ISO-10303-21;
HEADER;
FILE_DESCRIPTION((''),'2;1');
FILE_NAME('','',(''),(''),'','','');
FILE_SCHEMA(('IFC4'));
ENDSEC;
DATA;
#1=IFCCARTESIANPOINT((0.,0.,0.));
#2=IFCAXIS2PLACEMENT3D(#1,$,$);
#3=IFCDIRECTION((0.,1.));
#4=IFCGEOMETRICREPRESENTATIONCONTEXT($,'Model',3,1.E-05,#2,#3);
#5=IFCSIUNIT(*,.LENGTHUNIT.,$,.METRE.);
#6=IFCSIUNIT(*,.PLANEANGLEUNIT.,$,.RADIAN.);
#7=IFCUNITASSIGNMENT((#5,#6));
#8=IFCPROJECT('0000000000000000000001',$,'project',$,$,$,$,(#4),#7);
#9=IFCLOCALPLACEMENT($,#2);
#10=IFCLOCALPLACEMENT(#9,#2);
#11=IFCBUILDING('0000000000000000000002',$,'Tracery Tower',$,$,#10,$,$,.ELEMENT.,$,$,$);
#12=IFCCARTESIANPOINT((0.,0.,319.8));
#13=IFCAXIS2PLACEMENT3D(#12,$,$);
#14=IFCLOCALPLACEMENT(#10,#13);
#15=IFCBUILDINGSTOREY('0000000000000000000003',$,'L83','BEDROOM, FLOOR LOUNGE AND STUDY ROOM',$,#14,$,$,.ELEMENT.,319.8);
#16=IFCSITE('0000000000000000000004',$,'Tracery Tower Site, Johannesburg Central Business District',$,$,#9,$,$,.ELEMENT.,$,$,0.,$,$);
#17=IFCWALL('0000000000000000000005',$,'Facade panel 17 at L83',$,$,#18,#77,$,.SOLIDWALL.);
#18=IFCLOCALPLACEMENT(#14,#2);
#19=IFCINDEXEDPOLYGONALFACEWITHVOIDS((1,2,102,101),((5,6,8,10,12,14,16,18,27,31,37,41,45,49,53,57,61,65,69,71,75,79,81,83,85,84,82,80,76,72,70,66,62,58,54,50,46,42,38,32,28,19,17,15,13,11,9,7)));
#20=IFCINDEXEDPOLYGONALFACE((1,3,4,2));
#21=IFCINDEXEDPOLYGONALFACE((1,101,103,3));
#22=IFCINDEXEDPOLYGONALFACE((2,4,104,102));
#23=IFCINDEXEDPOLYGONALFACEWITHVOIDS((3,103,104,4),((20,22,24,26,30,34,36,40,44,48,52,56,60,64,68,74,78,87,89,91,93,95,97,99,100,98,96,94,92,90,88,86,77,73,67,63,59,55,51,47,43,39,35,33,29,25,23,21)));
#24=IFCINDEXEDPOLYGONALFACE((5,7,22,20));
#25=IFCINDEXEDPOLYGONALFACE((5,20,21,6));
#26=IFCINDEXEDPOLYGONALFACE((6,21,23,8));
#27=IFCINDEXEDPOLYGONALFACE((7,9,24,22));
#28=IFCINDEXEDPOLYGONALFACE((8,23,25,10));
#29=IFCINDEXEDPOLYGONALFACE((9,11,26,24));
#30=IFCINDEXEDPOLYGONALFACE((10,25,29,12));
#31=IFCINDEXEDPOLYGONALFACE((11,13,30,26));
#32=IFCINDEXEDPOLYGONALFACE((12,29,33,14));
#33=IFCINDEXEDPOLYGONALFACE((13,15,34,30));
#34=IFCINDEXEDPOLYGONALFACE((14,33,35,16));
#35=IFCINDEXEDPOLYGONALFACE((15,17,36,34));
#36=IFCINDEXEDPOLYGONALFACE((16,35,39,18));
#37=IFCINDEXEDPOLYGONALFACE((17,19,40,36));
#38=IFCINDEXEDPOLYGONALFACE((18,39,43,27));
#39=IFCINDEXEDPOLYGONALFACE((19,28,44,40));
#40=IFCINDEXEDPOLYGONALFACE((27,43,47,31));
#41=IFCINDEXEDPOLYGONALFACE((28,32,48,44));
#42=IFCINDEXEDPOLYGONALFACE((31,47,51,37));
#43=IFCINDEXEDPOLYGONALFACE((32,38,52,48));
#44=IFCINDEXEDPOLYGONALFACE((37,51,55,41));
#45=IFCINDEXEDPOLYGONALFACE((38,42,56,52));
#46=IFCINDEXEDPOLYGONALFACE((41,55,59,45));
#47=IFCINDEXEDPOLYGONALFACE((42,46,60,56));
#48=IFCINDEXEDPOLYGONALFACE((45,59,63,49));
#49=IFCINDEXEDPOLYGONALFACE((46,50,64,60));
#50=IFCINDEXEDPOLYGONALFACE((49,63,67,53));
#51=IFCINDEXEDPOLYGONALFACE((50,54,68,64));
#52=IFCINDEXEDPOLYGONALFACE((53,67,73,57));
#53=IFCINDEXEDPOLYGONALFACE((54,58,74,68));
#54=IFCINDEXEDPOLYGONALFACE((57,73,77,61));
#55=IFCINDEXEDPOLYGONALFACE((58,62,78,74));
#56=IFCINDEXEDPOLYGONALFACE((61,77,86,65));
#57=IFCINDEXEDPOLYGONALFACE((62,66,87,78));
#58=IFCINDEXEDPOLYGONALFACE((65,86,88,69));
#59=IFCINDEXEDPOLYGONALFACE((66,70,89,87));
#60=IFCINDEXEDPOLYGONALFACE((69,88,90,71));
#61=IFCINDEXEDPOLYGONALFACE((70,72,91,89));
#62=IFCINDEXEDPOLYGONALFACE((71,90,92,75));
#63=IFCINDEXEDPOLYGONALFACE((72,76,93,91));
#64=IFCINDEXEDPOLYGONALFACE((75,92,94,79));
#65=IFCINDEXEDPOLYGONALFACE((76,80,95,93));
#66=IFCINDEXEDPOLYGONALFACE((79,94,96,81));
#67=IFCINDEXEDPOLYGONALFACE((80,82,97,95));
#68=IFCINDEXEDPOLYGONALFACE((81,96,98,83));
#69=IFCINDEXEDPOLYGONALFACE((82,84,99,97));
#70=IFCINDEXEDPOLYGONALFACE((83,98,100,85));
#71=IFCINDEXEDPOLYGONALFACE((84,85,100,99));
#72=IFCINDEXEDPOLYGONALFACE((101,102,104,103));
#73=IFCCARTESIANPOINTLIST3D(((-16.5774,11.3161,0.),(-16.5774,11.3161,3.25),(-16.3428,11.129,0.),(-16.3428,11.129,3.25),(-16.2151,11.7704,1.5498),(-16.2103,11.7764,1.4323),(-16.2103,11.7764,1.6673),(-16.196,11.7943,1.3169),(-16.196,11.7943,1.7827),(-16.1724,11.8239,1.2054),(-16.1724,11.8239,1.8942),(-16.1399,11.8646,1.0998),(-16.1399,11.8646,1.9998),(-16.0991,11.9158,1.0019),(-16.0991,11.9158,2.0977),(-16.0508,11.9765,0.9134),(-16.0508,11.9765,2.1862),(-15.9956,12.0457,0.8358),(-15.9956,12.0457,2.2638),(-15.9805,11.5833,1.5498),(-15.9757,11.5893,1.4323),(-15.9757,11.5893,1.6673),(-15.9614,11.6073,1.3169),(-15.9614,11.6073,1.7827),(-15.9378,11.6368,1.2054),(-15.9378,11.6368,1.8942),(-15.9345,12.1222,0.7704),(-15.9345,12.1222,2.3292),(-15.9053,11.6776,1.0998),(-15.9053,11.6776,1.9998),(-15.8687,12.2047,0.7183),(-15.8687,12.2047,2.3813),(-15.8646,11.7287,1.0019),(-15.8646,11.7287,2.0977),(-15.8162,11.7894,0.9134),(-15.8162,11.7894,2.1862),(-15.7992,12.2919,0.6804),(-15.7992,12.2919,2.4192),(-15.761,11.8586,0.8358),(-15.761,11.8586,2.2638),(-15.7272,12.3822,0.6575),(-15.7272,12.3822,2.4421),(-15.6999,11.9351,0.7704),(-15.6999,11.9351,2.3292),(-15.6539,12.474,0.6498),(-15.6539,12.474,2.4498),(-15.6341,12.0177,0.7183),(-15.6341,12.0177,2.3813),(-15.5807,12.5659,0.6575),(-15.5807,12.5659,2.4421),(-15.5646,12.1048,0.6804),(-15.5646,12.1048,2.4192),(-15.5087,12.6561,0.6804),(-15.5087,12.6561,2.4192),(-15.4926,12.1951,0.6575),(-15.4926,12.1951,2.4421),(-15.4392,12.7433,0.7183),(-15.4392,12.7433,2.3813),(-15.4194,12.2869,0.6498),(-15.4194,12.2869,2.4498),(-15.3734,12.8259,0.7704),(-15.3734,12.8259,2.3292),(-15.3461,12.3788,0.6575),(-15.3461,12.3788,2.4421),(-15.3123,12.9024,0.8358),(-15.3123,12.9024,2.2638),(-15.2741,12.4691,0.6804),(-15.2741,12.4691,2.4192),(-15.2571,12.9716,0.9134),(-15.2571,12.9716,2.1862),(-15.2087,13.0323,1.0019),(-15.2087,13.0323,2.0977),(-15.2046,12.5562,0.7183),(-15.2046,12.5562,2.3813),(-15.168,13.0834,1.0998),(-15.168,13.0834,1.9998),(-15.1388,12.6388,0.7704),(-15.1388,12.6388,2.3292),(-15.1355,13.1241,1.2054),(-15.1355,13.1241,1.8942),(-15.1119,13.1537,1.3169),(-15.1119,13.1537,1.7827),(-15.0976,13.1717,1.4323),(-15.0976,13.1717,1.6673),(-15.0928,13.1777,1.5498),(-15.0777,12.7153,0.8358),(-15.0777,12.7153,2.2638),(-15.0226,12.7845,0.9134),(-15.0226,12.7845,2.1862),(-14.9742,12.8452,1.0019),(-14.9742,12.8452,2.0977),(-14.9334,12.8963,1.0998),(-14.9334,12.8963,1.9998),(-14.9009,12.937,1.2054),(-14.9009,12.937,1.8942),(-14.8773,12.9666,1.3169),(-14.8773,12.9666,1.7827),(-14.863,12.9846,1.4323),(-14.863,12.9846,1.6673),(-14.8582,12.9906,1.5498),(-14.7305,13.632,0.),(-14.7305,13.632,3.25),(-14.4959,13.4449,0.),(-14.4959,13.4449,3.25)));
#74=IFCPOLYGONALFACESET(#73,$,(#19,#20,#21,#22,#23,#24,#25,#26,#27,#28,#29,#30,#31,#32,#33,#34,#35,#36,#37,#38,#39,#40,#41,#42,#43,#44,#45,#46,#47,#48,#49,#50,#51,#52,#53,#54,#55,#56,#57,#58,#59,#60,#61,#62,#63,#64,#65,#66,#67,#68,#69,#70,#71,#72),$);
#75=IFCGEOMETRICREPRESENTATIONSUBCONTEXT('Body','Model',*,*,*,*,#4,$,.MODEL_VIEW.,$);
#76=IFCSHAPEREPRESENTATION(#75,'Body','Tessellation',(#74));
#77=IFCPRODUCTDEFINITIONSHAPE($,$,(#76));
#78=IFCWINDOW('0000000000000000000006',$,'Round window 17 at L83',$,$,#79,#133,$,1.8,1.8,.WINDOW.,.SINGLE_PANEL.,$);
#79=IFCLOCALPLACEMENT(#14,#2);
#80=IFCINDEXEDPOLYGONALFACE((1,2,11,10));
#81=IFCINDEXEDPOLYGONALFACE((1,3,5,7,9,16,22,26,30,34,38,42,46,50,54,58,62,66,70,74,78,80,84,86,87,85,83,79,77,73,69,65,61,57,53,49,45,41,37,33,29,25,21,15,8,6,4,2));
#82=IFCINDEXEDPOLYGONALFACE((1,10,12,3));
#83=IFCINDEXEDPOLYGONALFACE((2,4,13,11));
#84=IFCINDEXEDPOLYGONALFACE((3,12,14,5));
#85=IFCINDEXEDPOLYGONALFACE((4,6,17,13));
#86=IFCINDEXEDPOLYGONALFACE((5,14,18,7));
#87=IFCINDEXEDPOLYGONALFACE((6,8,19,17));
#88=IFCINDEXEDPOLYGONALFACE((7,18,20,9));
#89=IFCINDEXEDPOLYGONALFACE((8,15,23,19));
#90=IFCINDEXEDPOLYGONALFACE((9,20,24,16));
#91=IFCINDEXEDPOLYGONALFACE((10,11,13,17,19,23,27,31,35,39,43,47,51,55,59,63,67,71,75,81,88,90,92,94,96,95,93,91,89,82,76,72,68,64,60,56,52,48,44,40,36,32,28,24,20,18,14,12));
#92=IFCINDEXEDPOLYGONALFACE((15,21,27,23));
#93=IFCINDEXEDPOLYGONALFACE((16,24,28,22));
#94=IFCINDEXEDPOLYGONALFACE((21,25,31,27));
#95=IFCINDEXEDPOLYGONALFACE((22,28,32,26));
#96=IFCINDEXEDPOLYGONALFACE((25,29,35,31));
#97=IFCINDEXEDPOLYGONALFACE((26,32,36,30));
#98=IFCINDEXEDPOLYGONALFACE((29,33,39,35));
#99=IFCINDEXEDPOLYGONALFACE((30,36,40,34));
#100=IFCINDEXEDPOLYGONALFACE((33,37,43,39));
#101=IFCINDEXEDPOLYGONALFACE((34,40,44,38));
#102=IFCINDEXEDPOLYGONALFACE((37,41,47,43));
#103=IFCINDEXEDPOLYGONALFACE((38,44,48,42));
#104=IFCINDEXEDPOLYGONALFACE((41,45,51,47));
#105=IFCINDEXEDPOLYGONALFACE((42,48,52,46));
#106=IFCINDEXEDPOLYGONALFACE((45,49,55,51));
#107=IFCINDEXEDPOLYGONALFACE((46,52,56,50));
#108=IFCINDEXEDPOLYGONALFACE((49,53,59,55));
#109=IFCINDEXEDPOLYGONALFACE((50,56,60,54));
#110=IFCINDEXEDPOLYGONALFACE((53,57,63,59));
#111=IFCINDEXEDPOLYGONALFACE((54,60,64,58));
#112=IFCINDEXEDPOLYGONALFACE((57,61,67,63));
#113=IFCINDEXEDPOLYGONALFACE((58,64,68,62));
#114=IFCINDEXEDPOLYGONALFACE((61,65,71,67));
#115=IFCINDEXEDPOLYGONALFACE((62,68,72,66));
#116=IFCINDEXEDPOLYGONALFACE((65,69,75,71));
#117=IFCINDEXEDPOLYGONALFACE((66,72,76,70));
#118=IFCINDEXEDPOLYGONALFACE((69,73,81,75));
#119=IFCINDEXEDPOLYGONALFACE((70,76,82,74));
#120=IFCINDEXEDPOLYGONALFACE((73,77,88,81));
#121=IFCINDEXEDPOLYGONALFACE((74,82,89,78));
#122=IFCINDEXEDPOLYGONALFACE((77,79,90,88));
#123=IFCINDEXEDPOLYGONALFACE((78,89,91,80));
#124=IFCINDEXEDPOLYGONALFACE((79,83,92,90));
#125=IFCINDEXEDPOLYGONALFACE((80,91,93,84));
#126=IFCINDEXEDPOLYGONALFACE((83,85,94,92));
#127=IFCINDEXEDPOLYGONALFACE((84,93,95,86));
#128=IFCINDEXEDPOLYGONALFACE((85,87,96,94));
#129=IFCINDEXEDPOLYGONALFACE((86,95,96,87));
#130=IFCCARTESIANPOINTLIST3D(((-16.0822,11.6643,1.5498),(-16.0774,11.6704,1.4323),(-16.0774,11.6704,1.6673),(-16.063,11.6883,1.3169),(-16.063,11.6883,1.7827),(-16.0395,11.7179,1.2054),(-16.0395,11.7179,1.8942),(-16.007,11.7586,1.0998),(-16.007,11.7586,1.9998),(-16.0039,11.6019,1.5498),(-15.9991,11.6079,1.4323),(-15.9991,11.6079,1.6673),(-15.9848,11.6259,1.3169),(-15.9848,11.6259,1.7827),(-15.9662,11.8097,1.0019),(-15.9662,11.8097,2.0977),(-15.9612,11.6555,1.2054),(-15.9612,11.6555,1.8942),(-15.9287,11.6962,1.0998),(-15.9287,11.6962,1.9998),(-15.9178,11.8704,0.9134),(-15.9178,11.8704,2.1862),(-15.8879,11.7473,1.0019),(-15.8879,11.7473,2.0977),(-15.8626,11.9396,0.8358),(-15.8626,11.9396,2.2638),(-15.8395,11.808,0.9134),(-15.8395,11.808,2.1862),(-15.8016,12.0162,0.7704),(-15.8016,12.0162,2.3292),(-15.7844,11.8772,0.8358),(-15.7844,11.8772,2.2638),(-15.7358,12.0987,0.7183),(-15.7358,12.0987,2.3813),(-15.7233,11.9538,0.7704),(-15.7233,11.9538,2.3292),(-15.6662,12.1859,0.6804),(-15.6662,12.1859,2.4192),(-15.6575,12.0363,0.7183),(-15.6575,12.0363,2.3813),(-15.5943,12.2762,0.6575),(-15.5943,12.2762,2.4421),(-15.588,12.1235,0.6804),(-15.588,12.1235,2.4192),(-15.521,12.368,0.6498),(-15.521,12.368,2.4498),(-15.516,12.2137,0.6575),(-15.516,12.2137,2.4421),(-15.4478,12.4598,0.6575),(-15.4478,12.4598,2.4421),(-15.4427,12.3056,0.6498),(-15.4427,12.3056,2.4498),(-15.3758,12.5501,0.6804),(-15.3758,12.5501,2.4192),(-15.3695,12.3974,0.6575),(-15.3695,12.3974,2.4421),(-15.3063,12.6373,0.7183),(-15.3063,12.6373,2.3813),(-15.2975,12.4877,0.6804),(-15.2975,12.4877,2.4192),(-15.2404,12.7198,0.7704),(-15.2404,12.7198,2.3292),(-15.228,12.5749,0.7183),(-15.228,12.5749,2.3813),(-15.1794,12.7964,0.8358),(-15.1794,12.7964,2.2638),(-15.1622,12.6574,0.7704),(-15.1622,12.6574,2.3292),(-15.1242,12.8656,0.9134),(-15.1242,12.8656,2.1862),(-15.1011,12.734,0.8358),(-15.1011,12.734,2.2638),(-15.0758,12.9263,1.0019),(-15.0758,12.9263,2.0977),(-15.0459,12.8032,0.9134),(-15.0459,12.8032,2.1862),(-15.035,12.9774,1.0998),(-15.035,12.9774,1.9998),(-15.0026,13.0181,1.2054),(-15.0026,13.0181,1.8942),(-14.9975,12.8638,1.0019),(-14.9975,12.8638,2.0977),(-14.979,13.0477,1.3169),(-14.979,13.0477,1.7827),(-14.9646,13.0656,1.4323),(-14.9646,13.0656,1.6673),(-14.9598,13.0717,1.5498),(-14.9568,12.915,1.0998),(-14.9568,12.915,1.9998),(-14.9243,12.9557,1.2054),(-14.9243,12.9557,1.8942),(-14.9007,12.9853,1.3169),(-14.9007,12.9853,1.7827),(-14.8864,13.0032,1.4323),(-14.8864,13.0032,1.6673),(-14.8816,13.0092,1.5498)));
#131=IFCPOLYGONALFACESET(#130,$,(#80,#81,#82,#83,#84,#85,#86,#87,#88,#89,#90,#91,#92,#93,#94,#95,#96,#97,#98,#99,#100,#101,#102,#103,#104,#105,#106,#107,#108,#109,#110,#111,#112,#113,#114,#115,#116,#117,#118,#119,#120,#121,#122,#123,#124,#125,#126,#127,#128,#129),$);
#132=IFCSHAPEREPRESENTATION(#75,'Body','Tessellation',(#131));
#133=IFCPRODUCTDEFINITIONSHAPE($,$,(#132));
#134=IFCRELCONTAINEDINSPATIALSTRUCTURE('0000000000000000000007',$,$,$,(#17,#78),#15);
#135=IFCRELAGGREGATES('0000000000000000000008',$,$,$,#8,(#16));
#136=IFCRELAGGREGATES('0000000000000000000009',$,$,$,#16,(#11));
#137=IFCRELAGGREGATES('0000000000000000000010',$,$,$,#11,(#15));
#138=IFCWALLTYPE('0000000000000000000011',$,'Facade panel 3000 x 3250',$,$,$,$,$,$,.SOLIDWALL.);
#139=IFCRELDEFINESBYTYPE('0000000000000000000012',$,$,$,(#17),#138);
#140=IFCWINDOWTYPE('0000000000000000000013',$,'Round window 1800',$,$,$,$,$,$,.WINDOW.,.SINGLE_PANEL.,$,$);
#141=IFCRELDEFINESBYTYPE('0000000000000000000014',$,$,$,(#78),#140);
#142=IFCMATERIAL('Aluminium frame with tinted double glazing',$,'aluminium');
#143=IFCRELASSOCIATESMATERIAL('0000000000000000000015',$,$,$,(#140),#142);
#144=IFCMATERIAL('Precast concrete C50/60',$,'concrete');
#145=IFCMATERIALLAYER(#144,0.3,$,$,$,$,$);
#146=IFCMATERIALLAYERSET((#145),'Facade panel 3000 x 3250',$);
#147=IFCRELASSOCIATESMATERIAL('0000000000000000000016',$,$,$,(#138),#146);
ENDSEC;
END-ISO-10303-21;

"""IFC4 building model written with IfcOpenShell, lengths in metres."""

from ifc_helpers import new_model, si_unit, direction, frame, frame_2d, origin, origin_2d, place, context, subcontext, project, spatial, rectangle, circle, extrude, material, layer, layer_set, type_object, element, fill, save


model = new_model("IFC4")

# Units and contexts
model_context = context("Model", 3, precision=1e-05, world=origin(), true_north=direction((0.0, 1.0)))
body_context = subcontext(model_context, "Body", "Model", "MODEL_VIEW")
ifc_project = project(units=[si_unit("LENGTHUNIT", "METRE"), si_unit("PLANEANGLEUNIT", "RADIAN")], contexts=[model_context])

# Site, building, storey
site_placement = place(None, origin())
site = spatial("IfcSite", under=ifc_project, at=site_placement, Name="Tracery Tower Site, Johannesburg Central Business District", CompositionType="ELEMENT", RefElevation=0.0)
building_placement = place(site_placement, origin())
building = spatial("IfcBuilding", under=site, at=building_placement, Name="Tracery Tower", CompositionType="ELEMENT")
storey_placement = place(building_placement, frame((0.0, 0.0, 319.8)))
storey = spatial("IfcBuildingStorey", under=building, at=storey_placement, Name="L83", Description="BEDROOM, FLOOR LOUNGE AND STUDY ROOM", CompositionType="ELEMENT", Elevation=319.8)

# Wall, opening, window
ifc_material_1 = material(Name="Aluminium frame with tinted double glazing", Category="aluminium")
window_type = type_object("IfcWindowType", Name="Round window 1800", PartitioningType="SINGLE_PANEL", PredefinedType="WINDOW", material=ifc_material_1)
ifc_material_2 = material(Name="Precast concrete C50/60", Category="concrete")
ifc_layer_1 = layer(ifc_material_2, 0.3)
ifc_layer_set_1 = layer_set([ifc_layer_1], Name="Facade panel 3000 x 3250")
wall_type_1 = type_object("IfcWallType", Name="Facade panel 3000 x 3250", PredefinedType="SOLIDWALL", material=ifc_layer_set_1)
wall_1_placement = place(storey_placement, frame((-14.6133, 13.5383, 0.0), z_axis=(0.0, 0.0, 1.0), x_axis=(-0.623498, -0.781825, 0.0)))
wall_1 = element("IfcWall", 1, at=wall_1_placement, inside=storey, type_object=wall_type_1, Name="Facade panel 17 at L83", PredefinedType="SOLIDWALL", context=body_context, shape_type="SweptSolid", body=[
    extrude(rectangle(XDim=2.9622, YDim=0.3, at=frame_2d((1.481, 0.0))), origin(), (0.0, 0.0, 1.0), 3.25),
])
opening_1_placement = place(wall_1_placement, frame((1.481, 0.0, 1.5498)))
opening_1 = element("IfcOpeningElement", 2, at=opening_1_placement, cuts=wall_1, PredefinedType="OPENING", context=body_context, shape_type="SweptSolid", body=[
    extrude(circle(Radius=0.9, at=origin_2d()), frame((0.0, 0.1599, 0.0), z_axis=(0.0, -1.0, 0.0), x_axis=(1.0, 0.0, 0.0)), (0.0, 0.0, 1.0), 0.3201),
])
window_1_placement = place(opening_1_placement, origin())
window_1 = element("IfcWindow", 3, at=window_1_placement, inside=storey, type_object=window_type, Name="Round window 17 at L83", OverallHeight=1.8, OverallWidth=1.8, PartitioningType="SINGLE_PANEL", PredefinedType="WINDOW", context=body_context, shape_type="SweptSolid", body=[
    extrude(circle(Radius=0.9, at=origin_2d()), frame((0.0, 0.1201, 0.0), z_axis=(0.0, -1.0, 0.0), x_axis=(1.0, 0.0, 0.0)), (0.0, 0.0, 1.0), 0.1001),
])
fill(opening_1, window_1)

save(model, "model.ifc")
